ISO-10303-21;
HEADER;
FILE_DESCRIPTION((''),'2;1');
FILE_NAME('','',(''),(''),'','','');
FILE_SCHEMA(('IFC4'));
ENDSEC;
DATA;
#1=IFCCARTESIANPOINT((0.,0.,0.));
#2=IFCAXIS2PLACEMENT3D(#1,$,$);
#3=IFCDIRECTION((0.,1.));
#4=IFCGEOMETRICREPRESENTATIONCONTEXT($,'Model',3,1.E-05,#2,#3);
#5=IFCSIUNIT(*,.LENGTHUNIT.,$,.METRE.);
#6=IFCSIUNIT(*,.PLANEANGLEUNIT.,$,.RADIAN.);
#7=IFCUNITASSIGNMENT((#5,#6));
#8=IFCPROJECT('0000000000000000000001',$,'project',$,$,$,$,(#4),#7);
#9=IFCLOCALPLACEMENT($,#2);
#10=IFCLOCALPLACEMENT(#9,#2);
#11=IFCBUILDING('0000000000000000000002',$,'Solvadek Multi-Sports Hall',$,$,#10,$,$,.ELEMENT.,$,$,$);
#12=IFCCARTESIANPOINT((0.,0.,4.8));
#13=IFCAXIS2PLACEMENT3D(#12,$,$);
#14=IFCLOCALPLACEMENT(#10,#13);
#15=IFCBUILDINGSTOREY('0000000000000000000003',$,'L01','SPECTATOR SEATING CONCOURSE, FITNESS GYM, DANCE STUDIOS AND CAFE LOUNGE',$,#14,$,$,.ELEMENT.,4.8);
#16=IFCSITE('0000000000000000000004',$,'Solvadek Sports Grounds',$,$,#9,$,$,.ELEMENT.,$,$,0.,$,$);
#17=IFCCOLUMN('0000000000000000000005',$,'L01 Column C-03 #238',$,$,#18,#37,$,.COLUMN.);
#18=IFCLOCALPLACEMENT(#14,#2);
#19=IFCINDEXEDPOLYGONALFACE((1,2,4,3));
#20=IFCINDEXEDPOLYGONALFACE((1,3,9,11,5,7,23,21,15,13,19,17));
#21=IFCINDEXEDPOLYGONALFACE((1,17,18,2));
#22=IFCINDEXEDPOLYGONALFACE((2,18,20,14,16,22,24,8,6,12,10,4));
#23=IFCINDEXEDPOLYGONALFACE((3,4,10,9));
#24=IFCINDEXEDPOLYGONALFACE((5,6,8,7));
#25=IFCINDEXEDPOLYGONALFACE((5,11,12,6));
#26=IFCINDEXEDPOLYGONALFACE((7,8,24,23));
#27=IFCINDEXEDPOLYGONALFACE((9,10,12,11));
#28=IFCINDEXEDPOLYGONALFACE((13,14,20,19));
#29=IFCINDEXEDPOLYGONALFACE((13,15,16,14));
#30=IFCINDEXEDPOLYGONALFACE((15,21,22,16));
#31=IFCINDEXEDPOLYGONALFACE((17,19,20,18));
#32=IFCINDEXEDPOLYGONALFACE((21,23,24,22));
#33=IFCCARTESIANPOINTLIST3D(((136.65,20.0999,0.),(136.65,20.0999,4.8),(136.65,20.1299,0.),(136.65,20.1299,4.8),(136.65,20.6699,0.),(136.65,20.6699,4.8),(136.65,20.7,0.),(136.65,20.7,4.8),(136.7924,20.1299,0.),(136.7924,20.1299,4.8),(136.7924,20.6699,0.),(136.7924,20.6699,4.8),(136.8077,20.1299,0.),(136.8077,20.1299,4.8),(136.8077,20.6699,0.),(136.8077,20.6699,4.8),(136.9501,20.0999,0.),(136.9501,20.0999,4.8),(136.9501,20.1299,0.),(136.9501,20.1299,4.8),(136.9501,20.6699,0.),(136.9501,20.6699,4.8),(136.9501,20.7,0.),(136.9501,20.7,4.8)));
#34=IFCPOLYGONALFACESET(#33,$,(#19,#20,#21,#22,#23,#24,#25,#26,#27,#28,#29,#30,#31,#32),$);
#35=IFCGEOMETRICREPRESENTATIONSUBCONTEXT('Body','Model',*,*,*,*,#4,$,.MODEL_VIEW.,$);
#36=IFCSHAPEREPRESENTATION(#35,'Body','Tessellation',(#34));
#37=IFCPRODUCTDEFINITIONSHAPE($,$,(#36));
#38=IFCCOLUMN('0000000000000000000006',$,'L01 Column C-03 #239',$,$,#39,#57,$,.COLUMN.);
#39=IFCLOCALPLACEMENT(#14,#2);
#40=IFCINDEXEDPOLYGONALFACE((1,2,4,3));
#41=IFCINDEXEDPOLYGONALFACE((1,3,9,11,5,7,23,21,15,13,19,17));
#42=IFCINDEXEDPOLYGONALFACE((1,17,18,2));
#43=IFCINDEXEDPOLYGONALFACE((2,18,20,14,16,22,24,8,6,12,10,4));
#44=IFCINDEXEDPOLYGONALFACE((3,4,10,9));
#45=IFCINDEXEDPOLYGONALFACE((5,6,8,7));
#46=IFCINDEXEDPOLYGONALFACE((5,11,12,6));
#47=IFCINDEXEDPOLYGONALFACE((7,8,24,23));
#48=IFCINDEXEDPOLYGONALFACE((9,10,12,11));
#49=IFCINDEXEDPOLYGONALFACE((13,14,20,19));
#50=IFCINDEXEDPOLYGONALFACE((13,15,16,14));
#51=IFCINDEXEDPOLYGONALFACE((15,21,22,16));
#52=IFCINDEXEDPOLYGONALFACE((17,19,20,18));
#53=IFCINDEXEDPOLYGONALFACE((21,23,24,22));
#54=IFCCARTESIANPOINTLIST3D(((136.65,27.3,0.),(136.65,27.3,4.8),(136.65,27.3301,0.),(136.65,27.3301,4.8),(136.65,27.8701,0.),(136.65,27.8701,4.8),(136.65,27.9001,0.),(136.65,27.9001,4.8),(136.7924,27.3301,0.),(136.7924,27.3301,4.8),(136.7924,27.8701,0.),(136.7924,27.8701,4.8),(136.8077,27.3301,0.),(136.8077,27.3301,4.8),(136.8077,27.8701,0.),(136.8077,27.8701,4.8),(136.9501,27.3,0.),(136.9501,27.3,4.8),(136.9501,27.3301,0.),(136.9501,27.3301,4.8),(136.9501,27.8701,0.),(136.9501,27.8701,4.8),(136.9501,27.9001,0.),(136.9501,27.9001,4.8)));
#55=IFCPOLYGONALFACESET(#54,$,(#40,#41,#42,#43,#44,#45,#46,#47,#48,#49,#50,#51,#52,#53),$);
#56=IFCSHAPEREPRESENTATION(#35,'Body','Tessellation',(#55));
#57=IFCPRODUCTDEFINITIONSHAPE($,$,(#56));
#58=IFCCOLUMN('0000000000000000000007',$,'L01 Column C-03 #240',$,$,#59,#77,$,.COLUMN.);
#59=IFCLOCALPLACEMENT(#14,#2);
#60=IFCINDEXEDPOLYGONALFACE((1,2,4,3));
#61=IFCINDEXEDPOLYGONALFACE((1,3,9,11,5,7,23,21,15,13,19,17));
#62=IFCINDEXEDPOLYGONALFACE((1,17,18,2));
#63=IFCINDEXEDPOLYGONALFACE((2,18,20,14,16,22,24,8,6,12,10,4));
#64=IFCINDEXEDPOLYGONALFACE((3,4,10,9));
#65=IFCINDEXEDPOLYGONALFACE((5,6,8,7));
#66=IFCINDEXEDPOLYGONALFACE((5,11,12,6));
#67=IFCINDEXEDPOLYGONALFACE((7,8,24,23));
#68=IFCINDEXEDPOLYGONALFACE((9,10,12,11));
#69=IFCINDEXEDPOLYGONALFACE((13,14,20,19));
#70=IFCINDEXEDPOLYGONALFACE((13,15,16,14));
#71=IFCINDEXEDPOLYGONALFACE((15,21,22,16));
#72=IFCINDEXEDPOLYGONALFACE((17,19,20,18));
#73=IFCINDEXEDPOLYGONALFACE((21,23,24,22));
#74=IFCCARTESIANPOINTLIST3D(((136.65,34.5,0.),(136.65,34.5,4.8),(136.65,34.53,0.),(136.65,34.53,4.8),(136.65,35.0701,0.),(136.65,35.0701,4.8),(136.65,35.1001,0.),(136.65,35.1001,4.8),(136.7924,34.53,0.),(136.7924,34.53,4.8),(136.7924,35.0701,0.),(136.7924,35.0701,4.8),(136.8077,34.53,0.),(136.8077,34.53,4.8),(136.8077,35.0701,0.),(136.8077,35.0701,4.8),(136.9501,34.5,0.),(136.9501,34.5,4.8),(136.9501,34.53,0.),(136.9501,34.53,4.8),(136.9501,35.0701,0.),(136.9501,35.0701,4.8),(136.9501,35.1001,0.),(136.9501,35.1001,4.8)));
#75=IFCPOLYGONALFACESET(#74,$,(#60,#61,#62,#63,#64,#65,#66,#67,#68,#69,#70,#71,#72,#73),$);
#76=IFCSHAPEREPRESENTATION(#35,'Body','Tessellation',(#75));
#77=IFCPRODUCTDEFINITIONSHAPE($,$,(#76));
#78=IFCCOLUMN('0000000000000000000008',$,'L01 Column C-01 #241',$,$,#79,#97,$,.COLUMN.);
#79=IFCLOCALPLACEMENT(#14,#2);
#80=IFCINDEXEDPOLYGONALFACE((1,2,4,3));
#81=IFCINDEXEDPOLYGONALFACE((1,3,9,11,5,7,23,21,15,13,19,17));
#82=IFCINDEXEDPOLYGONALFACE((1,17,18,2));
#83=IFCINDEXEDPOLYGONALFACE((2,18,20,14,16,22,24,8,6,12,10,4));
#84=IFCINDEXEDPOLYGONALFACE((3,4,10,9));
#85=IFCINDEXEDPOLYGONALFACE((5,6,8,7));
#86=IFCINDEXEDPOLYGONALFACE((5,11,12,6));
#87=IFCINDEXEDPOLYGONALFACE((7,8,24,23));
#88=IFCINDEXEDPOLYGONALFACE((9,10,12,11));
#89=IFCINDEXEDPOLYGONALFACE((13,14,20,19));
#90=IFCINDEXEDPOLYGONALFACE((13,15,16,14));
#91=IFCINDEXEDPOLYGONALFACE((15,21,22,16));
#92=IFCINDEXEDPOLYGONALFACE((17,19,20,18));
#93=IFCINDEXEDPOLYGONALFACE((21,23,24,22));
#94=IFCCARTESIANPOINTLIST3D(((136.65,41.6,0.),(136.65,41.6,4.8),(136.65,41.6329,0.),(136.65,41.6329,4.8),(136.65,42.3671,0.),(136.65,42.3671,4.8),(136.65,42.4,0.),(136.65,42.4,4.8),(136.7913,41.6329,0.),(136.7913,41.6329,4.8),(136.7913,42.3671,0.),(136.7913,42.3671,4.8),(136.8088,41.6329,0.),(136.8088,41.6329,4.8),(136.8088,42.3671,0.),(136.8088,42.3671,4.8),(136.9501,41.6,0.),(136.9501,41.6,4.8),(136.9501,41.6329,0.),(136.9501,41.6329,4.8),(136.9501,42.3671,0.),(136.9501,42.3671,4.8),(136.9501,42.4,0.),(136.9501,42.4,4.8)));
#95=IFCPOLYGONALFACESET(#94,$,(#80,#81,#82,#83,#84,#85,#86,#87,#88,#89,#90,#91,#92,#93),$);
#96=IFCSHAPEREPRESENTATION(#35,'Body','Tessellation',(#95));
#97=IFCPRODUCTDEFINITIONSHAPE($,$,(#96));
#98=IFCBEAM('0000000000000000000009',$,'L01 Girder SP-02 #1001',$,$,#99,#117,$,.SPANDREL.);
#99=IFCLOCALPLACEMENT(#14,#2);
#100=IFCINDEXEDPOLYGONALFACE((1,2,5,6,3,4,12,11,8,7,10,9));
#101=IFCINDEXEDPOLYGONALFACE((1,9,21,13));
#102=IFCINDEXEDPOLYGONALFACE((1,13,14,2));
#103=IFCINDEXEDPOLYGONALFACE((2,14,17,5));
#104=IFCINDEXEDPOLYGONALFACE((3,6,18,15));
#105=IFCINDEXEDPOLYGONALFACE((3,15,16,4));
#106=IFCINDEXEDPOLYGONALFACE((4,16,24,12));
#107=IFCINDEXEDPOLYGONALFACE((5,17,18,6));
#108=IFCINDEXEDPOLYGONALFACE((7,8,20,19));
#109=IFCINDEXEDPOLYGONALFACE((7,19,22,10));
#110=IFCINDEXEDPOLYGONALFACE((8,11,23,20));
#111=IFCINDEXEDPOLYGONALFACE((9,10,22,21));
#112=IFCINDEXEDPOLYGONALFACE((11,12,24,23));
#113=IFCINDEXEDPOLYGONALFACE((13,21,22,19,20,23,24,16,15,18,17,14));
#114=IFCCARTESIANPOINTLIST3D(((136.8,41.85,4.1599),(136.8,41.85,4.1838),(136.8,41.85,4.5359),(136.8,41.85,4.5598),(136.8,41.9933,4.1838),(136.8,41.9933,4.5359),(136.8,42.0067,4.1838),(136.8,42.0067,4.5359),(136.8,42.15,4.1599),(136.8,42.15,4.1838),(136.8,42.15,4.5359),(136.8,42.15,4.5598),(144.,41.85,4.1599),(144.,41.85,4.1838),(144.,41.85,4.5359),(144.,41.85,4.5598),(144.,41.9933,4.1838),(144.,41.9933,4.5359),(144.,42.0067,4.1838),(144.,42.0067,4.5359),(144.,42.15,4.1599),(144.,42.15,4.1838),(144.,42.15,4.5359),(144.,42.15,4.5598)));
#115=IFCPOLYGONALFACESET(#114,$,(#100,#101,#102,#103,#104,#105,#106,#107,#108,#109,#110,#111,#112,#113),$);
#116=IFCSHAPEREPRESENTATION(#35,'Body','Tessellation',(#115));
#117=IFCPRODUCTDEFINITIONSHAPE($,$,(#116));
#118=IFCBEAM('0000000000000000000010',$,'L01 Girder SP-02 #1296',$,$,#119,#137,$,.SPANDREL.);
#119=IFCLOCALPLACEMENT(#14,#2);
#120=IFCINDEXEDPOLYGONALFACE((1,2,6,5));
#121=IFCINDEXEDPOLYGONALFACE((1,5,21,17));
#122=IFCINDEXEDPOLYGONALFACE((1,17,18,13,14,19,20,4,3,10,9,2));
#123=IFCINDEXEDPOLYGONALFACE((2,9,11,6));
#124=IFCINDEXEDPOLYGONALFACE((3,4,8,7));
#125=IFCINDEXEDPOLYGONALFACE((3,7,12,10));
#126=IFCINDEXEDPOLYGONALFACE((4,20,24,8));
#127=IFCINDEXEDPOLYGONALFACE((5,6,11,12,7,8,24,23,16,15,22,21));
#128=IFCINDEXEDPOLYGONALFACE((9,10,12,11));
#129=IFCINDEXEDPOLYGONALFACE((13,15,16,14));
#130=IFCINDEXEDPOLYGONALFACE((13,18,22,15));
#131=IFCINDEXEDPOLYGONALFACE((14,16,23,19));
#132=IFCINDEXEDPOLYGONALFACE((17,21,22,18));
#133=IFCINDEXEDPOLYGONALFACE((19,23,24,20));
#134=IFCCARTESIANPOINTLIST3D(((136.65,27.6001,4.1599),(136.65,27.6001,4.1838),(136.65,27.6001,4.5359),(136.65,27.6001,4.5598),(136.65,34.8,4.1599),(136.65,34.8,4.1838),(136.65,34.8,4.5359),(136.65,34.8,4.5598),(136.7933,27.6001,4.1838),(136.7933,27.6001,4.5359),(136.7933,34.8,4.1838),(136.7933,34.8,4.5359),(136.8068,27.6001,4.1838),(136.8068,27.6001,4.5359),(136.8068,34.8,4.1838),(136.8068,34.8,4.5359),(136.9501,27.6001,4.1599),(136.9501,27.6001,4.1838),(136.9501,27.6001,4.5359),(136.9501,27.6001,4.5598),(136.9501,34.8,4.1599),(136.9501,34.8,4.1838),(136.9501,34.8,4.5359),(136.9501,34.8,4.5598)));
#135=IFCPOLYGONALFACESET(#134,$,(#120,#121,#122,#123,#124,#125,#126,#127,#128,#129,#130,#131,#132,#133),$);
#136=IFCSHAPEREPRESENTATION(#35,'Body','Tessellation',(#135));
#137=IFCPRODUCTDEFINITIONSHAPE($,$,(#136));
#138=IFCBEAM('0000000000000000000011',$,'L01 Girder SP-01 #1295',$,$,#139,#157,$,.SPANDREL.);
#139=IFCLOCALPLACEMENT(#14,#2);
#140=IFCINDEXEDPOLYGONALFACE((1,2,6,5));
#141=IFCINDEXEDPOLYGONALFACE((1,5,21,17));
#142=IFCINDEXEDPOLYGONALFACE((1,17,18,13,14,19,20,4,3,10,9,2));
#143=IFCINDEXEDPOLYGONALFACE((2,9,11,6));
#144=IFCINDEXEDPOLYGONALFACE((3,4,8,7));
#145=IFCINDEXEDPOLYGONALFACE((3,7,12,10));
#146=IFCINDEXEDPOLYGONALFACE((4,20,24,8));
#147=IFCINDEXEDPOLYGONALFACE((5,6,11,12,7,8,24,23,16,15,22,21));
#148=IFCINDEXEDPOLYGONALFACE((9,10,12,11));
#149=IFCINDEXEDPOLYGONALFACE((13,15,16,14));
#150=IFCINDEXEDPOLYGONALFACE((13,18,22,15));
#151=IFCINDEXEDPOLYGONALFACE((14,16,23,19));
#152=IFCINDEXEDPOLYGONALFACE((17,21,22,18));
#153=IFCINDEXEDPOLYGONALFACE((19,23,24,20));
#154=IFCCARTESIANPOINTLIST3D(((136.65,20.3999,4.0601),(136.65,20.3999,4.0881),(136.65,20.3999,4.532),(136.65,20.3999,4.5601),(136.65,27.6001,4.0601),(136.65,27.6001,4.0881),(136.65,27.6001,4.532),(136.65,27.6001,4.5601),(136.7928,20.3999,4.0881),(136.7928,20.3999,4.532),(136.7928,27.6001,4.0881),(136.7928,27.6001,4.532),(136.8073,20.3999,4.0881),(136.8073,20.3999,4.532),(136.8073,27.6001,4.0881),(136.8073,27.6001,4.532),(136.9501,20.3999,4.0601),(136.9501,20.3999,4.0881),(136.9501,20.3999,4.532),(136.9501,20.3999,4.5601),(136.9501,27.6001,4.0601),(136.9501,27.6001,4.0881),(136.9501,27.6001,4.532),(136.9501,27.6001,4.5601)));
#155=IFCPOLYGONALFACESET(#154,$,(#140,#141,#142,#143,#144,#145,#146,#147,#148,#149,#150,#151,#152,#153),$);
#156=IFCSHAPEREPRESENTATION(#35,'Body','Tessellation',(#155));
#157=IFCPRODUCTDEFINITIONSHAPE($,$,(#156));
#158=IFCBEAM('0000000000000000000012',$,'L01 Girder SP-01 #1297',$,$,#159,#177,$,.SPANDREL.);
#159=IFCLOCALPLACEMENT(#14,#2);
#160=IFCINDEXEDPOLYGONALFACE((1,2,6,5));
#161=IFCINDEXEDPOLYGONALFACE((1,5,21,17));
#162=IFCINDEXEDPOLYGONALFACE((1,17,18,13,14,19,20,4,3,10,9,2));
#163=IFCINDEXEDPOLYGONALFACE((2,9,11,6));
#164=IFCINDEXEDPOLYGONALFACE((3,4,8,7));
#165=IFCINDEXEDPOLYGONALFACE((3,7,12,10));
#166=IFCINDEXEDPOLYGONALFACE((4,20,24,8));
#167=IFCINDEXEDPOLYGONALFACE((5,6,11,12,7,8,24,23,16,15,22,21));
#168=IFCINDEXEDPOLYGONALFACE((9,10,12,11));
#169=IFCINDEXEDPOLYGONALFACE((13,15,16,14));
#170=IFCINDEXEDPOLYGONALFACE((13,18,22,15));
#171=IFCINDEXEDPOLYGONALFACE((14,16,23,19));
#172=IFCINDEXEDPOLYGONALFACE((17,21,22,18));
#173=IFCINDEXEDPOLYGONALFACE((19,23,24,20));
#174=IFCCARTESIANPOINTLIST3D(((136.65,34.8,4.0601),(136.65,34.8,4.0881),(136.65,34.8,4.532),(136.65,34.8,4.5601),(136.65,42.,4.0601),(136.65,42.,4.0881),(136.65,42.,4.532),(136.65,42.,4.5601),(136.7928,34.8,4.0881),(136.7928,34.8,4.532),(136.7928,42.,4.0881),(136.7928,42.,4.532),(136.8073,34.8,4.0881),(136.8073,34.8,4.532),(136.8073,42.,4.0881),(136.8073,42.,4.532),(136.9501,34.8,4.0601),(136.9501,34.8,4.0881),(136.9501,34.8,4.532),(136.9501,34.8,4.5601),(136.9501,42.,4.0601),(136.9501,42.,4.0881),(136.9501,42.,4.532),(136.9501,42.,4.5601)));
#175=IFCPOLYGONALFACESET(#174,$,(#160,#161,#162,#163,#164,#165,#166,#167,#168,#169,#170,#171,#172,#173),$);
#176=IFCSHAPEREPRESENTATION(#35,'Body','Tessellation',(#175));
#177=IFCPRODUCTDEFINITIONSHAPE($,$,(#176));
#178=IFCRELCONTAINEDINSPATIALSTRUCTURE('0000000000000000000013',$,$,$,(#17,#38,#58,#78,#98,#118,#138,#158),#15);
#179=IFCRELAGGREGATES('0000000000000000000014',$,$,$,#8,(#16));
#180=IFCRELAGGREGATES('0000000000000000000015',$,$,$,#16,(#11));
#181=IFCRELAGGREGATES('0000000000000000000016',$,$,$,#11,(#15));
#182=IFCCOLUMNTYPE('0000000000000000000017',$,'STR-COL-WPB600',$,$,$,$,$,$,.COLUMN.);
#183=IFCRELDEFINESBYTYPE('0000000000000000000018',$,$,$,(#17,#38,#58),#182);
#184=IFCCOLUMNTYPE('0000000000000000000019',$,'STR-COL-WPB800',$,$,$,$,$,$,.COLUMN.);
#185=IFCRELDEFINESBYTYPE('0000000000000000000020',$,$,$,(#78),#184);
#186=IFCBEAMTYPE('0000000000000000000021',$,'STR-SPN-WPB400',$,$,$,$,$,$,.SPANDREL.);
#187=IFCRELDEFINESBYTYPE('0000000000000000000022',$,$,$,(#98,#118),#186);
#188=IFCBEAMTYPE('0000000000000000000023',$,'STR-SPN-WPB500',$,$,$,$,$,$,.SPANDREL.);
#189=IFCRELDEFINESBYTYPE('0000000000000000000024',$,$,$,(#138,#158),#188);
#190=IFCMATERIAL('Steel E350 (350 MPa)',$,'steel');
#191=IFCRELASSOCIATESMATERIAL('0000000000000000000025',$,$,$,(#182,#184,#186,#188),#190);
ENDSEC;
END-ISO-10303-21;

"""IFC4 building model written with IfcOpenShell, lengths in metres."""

from ifc_helpers import new_model, si_unit, direction, frame, origin, origin_2d, place, context, subcontext, project, spatial, i_section, extrude, material, material_profile, profile_set, type_object, element, save


model = new_model("IFC4")

# Units and contexts
model_context = context("Model", 3, precision=1e-05, world=origin(), true_north=direction((0.0, 1.0)))
body_context = subcontext(model_context, "Body", "Model", "MODEL_VIEW")
ifc_project = project(units=[si_unit("LENGTHUNIT", "METRE"), si_unit("PLANEANGLEUNIT", "RADIAN")], contexts=[model_context])

# Site, building, storey
site_placement = place(None, origin())
site = spatial("IfcSite", under=ifc_project, at=site_placement, Name="Solvadek Sports Grounds", CompositionType="ELEMENT", RefElevation=0.0)
building_placement = place(site_placement, origin())
building = spatial("IfcBuilding", under=site, at=building_placement, Name="Solvadek Multi-Sports Hall", CompositionType="ELEMENT")
storey_placement = place(building_placement, frame((0.0, 0.0, 4.8)))
storey = spatial("IfcBuildingStorey", under=building, at=storey_placement, Name="L01", Description="SPECTATOR SEATING CONCOURSE, FITNESS GYM, DANCE STUDIOS AND CAFE LOUNGE", CompositionType="ELEMENT", Elevation=4.8)

# Columns
ifc_material_1 = material(Name="Steel E350 (350 MPa)", Category="steel")
ifc_material_profile_1 = material_profile(ifc_material_1, i_section(OverallWidth=0.3, OverallDepth=0.6001, WebThickness=0.0154, FlangeThickness=0.03, at=origin_2d()), Name="WPB 600")
ifc_profile_set_1 = profile_set([ifc_material_profile_1], Name="Steel E350 (350 MPa)")
column_type_1 = type_object("IfcColumnType", Name="STR-COL-WPB600", PredefinedType="COLUMN", material=ifc_profile_set_1)
for number, where, z_axis, x_axis, name in (
    (1, (136.8, 20.3999, 0.0), (0.0, 0.0, 1.0), (1.0, 0.0, 0.0), "L01 Column C-03 #238"),
    (2, (136.8, 27.6001, 0.0), (0.0, 0.0, 1.0), (1.0, 0.0, 0.0), "L01 Column C-03 #239"),
    (3, (136.8, 34.8, 0.0), (0.0, 0.0, 1.0), (1.0, 0.0, 0.0), "L01 Column C-03 #240"),
):
    element("IfcColumn", number, at=place(storey_placement, frame(where, z_axis=z_axis, x_axis=x_axis)), inside=storey, type_object=column_type_1, Name=name, PredefinedType="COLUMN", context=body_context, shape_type="SweptSolid", body=[
        extrude(i_section(OverallWidth=0.3, OverallDepth=0.6001, WebThickness=0.0154, FlangeThickness=0.03, at=origin_2d()), origin(), (0.0, 0.0, 1.0), 4.8),
    ])
ifc_material_profile_2 = material_profile(ifc_material_1, i_section(OverallWidth=0.3, OverallDepth=0.8, WebThickness=0.0176, FlangeThickness=0.033, at=origin_2d()), Name="WPB 800")
ifc_profile_set_2 = profile_set([ifc_material_profile_2], Name="Steel E350 (350 MPa)")
column_type_2 = type_object("IfcColumnType", Name="STR-COL-WPB800", PredefinedType="COLUMN", material=ifc_profile_set_2)
column_placement = place(storey_placement, frame((136.8, 42.0, 0.0), z_axis=(0.0, 0.0, 1.0), x_axis=(1.0, 0.0, 0.0)))
element("IfcColumn", 4, at=column_placement, inside=storey, type_object=column_type_2, Name="L01 Column C-01 #241", PredefinedType="COLUMN", context=body_context, shape_type="SweptSolid", body=[
    extrude(i_section(OverallWidth=0.3, OverallDepth=0.8, WebThickness=0.0176, FlangeThickness=0.033, at=origin_2d()), origin(), (0.0, 0.0, 1.0), 4.8),
])

# Beams
ifc_material_profile_3 = material_profile(ifc_material_1, i_section(OverallWidth=0.3, OverallDepth=0.3999, WebThickness=0.0134, FlangeThickness=0.0239, at=origin_2d()), Name="WPB 400")
ifc_profile_set_3 = profile_set([ifc_material_profile_3], Name="Steel E350 (350 MPa)")
beam_type_1 = type_object("IfcBeamType", Name="STR-SPN-WPB400", PredefinedType="SPANDREL", material=ifc_profile_set_3)
for number, where, z_axis, x_axis, name in (
    (5, (136.8, 42.0, 4.3599), (1.0, 0.0, 0.0), (0.0, 1.0, 0.0), "L01 Girder SP-02 #1001"),
    (6, (136.8, 27.6001, 4.3599), (0.0, 1.0, 0.0), (-1.0, 0.0, 0.0), "L01 Girder SP-02 #1296"),
):
    element("IfcBeam", number, at=place(storey_placement, frame(where, z_axis=z_axis, x_axis=x_axis)), inside=storey, type_object=beam_type_1, Name=name, PredefinedType="SPANDREL", context=body_context, shape_type="SweptSolid", body=[
        extrude(i_section(OverallWidth=0.3, OverallDepth=0.3999, WebThickness=0.0134, FlangeThickness=0.0239, at=origin_2d()), origin(), (0.0, 0.0, 1.0), 7.2),
    ])
ifc_material_profile_4 = material_profile(ifc_material_1, i_section(OverallWidth=0.3, OverallDepth=0.5, WebThickness=0.0144, FlangeThickness=0.0281, at=origin_2d()), Name="WPB 500")
ifc_profile_set_4 = profile_set([ifc_material_profile_4], Name="Steel E350 (350 MPa)")
beam_type_2 = type_object("IfcBeamType", Name="STR-SPN-WPB500", PredefinedType="SPANDREL", material=ifc_profile_set_4)
beam_1_placement = place(storey_placement, frame((136.8, 20.3999, 4.3101), z_axis=(0.0, 1.0, 0.0), x_axis=(-1.0, 0.0, 0.0)))
element("IfcBeam", 7, at=beam_1_placement, inside=storey, type_object=beam_type_2, Name="L01 Girder SP-01 #1295", PredefinedType="SPANDREL", context=body_context, shape_type="SweptSolid", body=[
    extrude(i_section(OverallWidth=0.3, OverallDepth=0.5, WebThickness=0.0144, FlangeThickness=0.0281, at=origin_2d()), origin(), (0.0, 0.0, 1.0), 7.2002),
])
beam_2_placement = place(storey_placement, frame((136.8, 34.8, 4.3101), z_axis=(0.0, 1.0, 0.0), x_axis=(-1.0, 0.0, 0.0)))
element("IfcBeam", 8, at=beam_2_placement, inside=storey, type_object=beam_type_2, Name="L01 Girder SP-01 #1297", PredefinedType="SPANDREL", context=body_context, shape_type="SweptSolid", body=[
    extrude(i_section(OverallWidth=0.3, OverallDepth=0.5, WebThickness=0.0144, FlangeThickness=0.0281, at=origin_2d()), origin(), (0.0, 0.0, 1.0), 7.2),
])

save(model, "model.ifc")
